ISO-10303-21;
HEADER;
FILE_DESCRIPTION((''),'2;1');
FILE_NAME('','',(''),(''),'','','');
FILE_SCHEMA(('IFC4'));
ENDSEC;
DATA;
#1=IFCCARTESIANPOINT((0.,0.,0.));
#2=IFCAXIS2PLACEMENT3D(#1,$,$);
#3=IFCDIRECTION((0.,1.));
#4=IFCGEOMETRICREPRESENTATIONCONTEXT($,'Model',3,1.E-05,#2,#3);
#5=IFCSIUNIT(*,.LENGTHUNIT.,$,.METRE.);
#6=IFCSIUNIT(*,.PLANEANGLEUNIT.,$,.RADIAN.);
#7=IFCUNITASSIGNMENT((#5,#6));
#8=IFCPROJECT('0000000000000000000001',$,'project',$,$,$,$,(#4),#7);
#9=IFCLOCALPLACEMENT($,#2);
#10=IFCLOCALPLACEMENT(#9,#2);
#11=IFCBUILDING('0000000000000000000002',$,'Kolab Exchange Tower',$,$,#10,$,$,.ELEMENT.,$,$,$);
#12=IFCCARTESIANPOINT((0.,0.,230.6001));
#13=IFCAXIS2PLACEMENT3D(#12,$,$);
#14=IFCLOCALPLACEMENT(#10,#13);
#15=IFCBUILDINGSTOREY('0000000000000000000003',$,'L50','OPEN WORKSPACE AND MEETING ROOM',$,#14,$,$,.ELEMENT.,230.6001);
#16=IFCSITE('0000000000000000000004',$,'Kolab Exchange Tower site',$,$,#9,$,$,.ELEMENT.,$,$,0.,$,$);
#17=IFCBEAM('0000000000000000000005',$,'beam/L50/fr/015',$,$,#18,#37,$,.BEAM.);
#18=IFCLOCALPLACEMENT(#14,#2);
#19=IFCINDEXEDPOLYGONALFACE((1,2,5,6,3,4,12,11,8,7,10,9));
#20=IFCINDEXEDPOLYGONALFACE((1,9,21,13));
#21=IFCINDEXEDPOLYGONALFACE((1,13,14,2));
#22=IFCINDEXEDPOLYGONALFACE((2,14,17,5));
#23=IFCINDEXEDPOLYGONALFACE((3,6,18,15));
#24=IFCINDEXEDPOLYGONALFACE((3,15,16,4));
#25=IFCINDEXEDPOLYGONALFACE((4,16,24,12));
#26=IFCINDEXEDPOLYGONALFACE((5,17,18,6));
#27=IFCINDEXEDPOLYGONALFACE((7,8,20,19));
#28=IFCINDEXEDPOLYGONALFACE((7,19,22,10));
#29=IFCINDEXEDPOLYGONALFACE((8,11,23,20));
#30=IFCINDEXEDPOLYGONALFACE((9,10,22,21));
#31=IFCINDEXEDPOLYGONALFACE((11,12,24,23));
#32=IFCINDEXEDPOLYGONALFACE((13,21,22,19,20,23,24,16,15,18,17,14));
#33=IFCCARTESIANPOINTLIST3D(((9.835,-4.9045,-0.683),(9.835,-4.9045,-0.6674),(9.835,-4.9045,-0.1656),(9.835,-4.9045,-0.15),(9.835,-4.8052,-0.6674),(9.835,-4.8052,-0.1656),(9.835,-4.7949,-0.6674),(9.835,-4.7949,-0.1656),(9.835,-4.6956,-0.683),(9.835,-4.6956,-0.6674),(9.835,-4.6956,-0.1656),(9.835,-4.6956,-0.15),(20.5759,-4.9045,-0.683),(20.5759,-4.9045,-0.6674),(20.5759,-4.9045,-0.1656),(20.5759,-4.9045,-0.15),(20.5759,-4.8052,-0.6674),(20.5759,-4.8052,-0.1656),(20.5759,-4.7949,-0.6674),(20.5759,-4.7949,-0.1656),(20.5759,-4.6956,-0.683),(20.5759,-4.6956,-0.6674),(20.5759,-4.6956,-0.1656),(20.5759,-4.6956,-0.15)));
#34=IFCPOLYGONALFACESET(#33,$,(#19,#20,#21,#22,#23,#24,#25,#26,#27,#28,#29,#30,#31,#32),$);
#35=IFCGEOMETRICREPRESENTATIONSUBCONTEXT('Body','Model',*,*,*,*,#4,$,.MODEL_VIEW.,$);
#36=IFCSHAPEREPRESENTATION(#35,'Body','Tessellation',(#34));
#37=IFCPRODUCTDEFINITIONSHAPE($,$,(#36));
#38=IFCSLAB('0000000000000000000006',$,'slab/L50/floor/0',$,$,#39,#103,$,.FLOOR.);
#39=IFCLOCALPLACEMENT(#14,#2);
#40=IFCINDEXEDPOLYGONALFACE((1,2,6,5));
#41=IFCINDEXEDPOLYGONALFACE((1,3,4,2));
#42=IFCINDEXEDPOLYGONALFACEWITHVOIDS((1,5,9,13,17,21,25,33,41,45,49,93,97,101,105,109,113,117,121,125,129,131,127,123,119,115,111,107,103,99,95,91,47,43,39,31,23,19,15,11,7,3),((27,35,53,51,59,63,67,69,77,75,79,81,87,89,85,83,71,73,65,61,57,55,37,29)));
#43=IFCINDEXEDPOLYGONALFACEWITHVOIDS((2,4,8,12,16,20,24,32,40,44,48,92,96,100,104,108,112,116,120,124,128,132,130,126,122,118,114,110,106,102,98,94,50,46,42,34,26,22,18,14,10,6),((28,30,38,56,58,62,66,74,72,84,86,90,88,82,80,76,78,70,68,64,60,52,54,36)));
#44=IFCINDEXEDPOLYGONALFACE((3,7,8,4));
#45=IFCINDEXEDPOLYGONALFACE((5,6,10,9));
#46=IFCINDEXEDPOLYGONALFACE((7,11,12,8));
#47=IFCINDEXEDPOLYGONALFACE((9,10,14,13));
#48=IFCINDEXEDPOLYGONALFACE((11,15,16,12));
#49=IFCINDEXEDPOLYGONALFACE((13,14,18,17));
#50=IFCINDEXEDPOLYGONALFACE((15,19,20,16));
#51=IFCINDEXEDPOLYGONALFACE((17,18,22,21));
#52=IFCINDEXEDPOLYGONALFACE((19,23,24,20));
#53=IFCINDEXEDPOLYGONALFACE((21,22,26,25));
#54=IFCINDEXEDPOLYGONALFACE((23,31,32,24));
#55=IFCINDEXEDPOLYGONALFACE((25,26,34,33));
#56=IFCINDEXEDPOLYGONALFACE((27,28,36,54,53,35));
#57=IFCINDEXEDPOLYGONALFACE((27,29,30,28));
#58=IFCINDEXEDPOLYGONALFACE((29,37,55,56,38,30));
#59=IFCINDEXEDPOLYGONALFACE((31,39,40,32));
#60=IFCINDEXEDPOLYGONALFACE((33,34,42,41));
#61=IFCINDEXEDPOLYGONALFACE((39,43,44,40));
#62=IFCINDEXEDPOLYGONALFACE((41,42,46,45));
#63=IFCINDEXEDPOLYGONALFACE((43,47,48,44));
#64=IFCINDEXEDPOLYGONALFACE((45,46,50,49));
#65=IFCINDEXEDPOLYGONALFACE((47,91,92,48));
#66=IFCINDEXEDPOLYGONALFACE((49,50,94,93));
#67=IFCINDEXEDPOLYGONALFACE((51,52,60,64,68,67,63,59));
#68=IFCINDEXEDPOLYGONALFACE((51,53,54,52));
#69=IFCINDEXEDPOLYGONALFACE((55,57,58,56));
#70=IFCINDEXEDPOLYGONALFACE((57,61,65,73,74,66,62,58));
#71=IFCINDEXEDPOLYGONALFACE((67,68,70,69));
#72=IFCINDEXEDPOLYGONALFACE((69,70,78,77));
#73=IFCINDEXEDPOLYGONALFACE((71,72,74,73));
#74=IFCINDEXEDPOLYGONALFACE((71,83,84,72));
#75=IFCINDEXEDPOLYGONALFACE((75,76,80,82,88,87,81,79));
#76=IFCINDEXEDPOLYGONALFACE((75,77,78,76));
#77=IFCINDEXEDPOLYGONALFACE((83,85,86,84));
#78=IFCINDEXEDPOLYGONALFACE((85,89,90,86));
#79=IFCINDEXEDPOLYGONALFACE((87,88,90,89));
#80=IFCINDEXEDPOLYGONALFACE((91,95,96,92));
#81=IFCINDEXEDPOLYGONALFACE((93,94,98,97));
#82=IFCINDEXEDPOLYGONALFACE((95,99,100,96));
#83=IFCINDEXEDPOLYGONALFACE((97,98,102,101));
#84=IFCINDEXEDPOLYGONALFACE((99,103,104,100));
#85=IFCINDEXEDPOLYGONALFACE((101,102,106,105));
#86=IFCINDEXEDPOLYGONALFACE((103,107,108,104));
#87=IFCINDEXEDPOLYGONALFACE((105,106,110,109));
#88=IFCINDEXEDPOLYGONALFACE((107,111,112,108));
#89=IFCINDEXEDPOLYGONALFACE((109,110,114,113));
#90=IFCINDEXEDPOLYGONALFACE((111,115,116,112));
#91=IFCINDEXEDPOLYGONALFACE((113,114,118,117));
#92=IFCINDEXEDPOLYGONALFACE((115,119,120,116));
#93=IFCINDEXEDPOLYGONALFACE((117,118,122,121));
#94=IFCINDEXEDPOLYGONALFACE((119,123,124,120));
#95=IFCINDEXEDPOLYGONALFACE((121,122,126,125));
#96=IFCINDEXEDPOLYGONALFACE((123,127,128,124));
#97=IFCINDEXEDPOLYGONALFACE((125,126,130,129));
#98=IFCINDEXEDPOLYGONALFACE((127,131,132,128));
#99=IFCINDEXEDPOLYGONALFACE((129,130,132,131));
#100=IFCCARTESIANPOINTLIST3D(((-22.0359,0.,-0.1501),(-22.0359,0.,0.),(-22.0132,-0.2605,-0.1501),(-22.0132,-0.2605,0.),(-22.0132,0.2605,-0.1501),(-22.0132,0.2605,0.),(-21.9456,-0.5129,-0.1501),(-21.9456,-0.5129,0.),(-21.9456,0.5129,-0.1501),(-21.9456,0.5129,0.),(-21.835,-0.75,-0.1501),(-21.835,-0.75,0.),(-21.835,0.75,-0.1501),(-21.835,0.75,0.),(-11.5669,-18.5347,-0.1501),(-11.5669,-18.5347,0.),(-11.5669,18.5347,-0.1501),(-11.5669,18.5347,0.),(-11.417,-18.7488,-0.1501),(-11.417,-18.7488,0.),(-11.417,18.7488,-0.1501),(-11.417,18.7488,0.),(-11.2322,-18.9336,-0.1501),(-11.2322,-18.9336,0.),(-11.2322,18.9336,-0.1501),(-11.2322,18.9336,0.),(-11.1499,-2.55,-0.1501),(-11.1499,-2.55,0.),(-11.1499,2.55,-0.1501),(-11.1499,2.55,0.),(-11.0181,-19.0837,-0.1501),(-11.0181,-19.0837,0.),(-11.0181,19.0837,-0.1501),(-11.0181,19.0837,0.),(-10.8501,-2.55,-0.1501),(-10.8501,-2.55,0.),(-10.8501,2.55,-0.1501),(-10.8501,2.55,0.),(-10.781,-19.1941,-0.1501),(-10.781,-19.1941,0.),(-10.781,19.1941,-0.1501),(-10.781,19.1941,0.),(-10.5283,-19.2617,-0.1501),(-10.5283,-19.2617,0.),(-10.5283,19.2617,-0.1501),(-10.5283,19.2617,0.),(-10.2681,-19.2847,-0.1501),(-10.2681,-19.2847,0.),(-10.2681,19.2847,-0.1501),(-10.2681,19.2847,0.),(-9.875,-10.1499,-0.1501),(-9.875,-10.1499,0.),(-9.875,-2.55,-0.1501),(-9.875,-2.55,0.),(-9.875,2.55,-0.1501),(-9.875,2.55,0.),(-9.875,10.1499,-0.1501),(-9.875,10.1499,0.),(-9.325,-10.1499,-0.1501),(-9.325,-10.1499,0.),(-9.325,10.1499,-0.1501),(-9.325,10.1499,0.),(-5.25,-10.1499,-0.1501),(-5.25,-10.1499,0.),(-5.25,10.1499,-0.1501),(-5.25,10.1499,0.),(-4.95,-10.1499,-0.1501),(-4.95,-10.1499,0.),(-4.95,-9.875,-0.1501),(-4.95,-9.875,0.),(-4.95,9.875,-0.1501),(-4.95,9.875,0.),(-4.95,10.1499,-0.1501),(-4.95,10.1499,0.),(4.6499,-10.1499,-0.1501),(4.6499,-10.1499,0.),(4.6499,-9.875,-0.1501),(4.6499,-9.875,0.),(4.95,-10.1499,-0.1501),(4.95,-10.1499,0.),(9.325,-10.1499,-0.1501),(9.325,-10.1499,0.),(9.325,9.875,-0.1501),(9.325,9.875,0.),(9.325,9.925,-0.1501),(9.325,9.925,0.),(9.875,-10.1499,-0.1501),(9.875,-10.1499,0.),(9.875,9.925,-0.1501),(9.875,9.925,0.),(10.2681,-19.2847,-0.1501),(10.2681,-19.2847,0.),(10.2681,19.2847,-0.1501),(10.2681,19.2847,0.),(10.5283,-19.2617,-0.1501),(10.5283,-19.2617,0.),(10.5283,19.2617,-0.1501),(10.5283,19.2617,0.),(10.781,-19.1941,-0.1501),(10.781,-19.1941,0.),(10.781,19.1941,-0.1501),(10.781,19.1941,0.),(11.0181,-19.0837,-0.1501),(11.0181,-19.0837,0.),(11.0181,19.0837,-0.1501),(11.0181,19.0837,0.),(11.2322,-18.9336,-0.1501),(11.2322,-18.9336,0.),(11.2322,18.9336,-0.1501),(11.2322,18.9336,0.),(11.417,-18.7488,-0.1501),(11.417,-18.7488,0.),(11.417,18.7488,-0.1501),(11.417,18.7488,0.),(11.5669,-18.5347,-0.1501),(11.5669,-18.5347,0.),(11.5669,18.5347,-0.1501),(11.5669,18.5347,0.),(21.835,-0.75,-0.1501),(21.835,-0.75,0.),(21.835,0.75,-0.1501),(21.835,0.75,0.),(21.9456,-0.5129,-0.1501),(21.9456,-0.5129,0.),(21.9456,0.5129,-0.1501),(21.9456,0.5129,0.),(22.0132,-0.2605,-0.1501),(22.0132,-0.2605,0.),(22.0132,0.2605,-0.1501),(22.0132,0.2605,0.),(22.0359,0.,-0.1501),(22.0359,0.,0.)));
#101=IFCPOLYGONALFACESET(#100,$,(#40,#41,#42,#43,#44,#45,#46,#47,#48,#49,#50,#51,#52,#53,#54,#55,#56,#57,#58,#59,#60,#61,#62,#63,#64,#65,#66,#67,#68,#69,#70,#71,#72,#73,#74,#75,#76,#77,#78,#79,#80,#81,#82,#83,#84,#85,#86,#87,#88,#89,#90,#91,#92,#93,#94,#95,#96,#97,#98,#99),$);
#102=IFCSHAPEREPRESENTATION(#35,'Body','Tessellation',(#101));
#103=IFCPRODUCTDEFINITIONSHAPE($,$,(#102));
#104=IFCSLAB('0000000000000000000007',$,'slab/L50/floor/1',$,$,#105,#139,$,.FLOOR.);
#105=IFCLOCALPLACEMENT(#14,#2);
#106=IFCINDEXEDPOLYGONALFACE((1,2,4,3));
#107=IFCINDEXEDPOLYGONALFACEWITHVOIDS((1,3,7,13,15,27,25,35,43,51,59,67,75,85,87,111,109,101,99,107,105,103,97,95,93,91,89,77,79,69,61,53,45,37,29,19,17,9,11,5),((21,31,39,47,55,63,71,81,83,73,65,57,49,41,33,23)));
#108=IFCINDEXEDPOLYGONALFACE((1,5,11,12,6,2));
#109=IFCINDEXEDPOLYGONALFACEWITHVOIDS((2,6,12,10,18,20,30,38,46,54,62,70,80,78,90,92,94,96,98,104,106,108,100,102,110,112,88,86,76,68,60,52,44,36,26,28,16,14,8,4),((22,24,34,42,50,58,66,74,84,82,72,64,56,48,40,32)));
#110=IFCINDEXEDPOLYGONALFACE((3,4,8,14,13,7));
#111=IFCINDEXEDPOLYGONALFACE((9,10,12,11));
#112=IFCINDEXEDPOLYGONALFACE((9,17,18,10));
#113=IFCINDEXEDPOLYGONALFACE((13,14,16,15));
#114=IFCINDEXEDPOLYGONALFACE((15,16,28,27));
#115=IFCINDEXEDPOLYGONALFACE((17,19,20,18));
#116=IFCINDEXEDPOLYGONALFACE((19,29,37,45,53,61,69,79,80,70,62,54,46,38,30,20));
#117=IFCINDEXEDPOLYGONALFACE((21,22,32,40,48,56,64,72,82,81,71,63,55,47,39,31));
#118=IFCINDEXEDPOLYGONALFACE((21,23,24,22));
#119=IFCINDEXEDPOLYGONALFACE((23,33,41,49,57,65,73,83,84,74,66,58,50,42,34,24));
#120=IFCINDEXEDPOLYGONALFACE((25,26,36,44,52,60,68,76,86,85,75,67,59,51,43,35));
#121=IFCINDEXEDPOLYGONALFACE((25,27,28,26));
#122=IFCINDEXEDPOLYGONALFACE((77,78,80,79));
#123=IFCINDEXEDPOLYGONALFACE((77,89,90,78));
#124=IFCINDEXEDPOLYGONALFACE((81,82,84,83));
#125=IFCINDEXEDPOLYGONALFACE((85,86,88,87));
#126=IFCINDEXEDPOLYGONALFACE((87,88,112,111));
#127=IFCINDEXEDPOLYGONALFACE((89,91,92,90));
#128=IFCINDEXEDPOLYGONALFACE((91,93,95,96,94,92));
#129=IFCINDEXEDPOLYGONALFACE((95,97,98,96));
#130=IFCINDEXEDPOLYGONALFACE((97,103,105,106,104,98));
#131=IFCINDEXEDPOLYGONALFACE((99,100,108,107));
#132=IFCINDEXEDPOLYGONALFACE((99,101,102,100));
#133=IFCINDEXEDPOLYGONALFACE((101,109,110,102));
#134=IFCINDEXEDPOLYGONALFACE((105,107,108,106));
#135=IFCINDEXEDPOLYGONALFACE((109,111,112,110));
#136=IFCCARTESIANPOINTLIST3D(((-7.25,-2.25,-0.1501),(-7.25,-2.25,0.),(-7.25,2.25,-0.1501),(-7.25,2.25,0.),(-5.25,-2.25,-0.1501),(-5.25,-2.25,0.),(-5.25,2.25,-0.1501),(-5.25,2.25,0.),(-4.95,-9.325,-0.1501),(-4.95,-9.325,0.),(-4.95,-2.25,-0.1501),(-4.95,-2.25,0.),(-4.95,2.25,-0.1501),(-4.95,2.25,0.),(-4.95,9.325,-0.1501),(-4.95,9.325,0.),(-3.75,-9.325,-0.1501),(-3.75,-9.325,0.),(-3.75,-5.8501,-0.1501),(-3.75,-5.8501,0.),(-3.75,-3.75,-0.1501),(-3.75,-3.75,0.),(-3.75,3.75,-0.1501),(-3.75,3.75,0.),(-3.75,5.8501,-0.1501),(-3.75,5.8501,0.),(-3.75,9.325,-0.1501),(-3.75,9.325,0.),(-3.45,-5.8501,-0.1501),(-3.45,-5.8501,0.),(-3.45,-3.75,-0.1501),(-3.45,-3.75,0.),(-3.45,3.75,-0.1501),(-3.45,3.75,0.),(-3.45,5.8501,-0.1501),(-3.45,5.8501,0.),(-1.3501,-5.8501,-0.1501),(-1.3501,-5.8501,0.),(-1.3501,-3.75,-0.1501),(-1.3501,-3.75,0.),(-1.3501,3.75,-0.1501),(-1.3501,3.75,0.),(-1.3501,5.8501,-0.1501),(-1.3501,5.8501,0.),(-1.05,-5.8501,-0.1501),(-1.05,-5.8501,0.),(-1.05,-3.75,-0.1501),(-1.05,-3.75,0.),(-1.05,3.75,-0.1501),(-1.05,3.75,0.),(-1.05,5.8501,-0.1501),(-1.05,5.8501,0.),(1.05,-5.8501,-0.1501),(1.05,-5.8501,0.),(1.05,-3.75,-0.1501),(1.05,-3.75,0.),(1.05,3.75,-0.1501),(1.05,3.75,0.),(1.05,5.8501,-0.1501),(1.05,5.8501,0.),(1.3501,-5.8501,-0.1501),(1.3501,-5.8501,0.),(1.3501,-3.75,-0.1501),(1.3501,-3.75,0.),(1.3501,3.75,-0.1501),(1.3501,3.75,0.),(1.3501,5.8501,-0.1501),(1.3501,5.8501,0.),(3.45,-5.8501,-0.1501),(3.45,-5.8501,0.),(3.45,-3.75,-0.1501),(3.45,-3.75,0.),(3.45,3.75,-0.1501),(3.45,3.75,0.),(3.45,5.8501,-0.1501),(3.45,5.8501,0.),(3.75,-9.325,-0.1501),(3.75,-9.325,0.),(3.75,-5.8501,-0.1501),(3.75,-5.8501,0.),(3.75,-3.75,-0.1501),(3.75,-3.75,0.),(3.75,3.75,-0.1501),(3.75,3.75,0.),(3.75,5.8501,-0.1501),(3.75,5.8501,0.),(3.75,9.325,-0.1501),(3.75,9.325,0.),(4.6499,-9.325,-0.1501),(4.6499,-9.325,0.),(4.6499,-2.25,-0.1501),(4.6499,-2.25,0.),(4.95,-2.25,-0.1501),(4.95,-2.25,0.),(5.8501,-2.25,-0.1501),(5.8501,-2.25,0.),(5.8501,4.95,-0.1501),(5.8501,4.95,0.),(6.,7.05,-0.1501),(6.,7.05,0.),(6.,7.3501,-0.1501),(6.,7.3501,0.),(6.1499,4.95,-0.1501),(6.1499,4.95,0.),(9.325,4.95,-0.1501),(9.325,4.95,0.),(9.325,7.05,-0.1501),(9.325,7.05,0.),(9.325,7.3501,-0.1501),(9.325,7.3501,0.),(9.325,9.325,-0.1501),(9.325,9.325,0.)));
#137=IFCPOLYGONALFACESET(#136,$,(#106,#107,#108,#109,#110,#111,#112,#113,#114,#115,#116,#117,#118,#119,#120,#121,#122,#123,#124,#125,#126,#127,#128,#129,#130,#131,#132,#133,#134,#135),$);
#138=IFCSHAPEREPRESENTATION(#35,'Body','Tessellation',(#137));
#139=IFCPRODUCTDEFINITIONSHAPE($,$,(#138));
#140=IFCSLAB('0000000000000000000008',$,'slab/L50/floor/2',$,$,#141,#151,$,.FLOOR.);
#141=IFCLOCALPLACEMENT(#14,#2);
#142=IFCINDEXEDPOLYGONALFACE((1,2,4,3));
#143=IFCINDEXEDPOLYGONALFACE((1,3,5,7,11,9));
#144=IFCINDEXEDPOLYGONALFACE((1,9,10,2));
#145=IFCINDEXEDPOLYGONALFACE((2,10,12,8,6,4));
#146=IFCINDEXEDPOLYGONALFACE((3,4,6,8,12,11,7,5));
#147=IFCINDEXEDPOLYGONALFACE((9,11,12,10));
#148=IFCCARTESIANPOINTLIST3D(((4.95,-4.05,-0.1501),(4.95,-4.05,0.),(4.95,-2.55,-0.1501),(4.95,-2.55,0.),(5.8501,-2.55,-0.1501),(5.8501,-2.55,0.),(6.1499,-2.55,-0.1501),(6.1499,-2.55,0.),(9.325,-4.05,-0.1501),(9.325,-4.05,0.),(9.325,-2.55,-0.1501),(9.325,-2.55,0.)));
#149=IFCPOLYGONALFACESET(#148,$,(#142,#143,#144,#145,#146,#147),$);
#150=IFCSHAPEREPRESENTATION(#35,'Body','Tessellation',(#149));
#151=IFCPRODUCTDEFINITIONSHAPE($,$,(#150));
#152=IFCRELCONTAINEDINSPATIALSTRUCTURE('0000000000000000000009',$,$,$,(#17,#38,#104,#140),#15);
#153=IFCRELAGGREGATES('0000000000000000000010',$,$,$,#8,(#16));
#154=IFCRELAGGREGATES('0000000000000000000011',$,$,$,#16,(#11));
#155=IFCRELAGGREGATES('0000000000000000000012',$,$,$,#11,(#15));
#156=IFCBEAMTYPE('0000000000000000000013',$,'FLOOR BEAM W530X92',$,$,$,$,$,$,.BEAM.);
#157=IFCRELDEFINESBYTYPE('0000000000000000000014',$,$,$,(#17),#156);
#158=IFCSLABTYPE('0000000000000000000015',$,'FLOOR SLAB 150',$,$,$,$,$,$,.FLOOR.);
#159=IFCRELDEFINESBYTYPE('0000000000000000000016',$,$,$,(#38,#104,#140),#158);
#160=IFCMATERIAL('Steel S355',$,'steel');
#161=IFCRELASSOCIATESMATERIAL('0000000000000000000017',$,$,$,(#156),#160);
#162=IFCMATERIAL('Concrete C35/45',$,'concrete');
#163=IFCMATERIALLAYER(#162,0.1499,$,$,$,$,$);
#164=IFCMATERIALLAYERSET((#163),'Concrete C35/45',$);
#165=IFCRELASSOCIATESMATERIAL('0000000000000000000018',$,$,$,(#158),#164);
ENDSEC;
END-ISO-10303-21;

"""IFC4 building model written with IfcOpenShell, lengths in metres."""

from ifc_helpers import new_model, si_unit, direction, frame, origin, origin_2d, place, context, subcontext, project, spatial, polyline, i_section, outline, extrude, material, layer, layer_set, material_profile, profile_set, type_object, element, save


model = new_model("IFC4")

# Units and contexts
model_context = context("Model", 3, precision=1e-05, world=origin(), true_north=direction((0.0, 1.0)))
body_context = subcontext(model_context, "Body", "Model", "MODEL_VIEW")
ifc_project = project(units=[si_unit("LENGTHUNIT", "METRE"), si_unit("PLANEANGLEUNIT", "RADIAN")], contexts=[model_context])

# Site, building, storey
site_placement = place(None, origin())
site = spatial("IfcSite", under=ifc_project, at=site_placement, Name="Kolab Exchange Tower site", CompositionType="ELEMENT", RefElevation=0.0)
building_placement = place(site_placement, origin())
building = spatial("IfcBuilding", under=site, at=building_placement, Name="Kolab Exchange Tower", CompositionType="ELEMENT")
storey_placement = place(building_placement, frame((0.0, 0.0, 230.6001)))
storey = spatial("IfcBuildingStorey", under=building, at=storey_placement, Name="L50", Description="OPEN WORKSPACE AND MEETING ROOM", CompositionType="ELEMENT", Elevation=230.6001)

# Beam
ifc_material_1 = material(Name="Steel S355", Category="steel")
ifc_material_profile = material_profile(ifc_material_1, i_section(OverallWidth=0.209, OverallDepth=0.533, WebThickness=0.0103, FlangeThickness=0.0156, at=origin_2d()), Name="W530X92")
ifc_profile_set = profile_set([ifc_material_profile], Name="Steel S355")
beam_type = type_object("IfcBeamType", Name="FLOOR BEAM W530X92", PredefinedType="BEAM", material=ifc_profile_set)
beam_placement = place(storey_placement, frame((9.835, -4.8, -0.4165), z_axis=(1.0, 0.0, 0.0), x_axis=(0.0, 1.0, 0.0)))
element("IfcBeam", 1, at=beam_placement, inside=storey, type_object=beam_type, Name="beam/L50/fr/015", PredefinedType="BEAM", context=body_context, shape_type="SweptSolid", body=[
    extrude(i_section(OverallWidth=0.209, OverallDepth=0.533, WebThickness=0.0103, FlangeThickness=0.0156, at=origin_2d()), origin(), (0.0, 0.0, 1.0), 10.741),
])

# Slabs
ifc_material_2 = material(Name="Concrete C35/45", Category="concrete")
ifc_layer_1 = layer(ifc_material_2, 0.1499)
ifc_layer_set_1 = layer_set([ifc_layer_1], Name="Concrete C35/45")
slab_type_1 = type_object("IfcSlabType", Name="FLOOR SLAB 150", PredefinedType="FLOOR", material=ifc_layer_set_1)
slab_1_placement = place(storey_placement, frame((0.0, 0.0, -0.1501)))
element("IfcSlab", 2, at=slab_1_placement, inside=storey, type_object=slab_type_1, Name="slab/L50/floor/0", PredefinedType="FLOOR", context=body_context, shape_type="SweptSolid", body=[
    extrude(outline(polyline([(11.5669, -18.5347), (21.835, -0.75), (21.9456, -0.5129), (22.0132, -0.2605), (22.0359, 0.0), (22.0132, 0.2605), (21.9456, 0.5129), (21.835, 0.75), (11.5669, 18.5347), (11.417, 18.7488), (11.2322, 18.9336), (11.0181, 19.0837), (10.781, 19.1941), (10.5283, 19.2617), (10.2681, 19.2847), (-10.2681, 19.2847), (-10.5283, 19.2617), (-10.781, 19.1941), (-11.0181, 19.0837), (-11.2322, 18.9336), (-11.417, 18.7488), (-11.5669, 18.5347), (-21.835, 0.75), (-21.9456, 0.5129), (-22.0132, 0.2605), (-22.0359, 0.0), (-22.0132, -0.2605), (-21.9456, -0.5129), (-21.835, -0.75), (-11.5669, -18.5347), (-11.417, -18.7488), (-11.2322, -18.9336), (-11.0181, -19.0837), (-10.781, -19.1941), (-10.5283, -19.2617), (-10.2681, -19.2847), (10.2681, -19.2847), (10.5283, -19.2617), (10.781, -19.1941), (11.0181, -19.0837), (11.2322, -18.9336), (11.417, -18.7488), (11.5669, -18.5347)]), holes=[polyline([(-9.325, -10.1499), (-9.875, -10.1499), (-9.875, -2.55), (-10.8501, -2.55), (-11.1499, -2.55), (-11.1499, 2.55), (-10.8501, 2.55), (-9.875, 2.55), (-9.875, 10.1499), (-9.325, 10.1499), (-5.25, 10.1499), (-4.95, 10.1499), (-4.95, 9.875), (9.325, 9.875), (9.325, 9.925), (9.875, 9.925), (9.875, -10.1499), (9.325, -10.1499), (4.95, -10.1499), (4.6499, -10.1499), (4.6499, -9.875), (-4.95, -9.875), (-4.95, -10.1499), (-5.25, -10.1499), (-9.325, -10.1499)])]), origin(), (0.0, 0.0, 1.0), 0.1501),
])
slab_2_placement = place(storey_placement, frame((0.0, 0.0, -0.1501)))
element("IfcSlab", 3, at=slab_2_placement, inside=storey, type_object=slab_type_1, Name="slab/L50/floor/1", PredefinedType="FLOOR", context=body_context, shape_type="SweptSolid", body=[
    extrude(outline(polyline([(-4.95, 9.325), (-4.95, 2.25), (-5.25, 2.25), (-7.25, 2.25), (-7.25, -2.25), (-5.25, -2.25), (-4.95, -2.25), (-4.95, -9.325), (-3.75, -9.325), (-3.75, -5.8501), (-3.45, -5.8501), (-1.3501, -5.8501), (-1.05, -5.8501), (1.05, -5.8501), (1.3501, -5.8501), (3.45, -5.8501), (3.75, -5.8501), (3.75, -9.325), (4.6499, -9.325), (4.6499, -2.25), (4.95, -2.25), (5.8501, -2.25), (5.8501, 4.95), (6.1499, 4.95), (9.325, 4.95), (9.325, 7.05), (6.0, 7.05), (6.0, 7.3501), (9.325, 7.3501), (9.325, 9.325), (3.75, 9.325), (3.75, 5.8501), (3.45, 5.8501), (1.3501, 5.8501), (1.05, 5.8501), (-1.05, 5.8501), (-1.3501, 5.8501), (-3.45, 5.8501), (-3.75, 5.8501), (-3.75, 9.325), (-4.95, 9.325)]), holes=[polyline([(-3.45, -3.75), (-3.75, -3.75), (-3.75, 3.75), (-3.45, 3.75), (-1.3501, 3.75), (-1.05, 3.75), (1.05, 3.75), (1.3501, 3.75), (3.45, 3.75), (3.75, 3.75), (3.75, -3.75), (3.45, -3.75), (1.3501, -3.75), (1.05, -3.75), (-1.05, -3.75), (-1.3501, -3.75), (-3.45, -3.75)])]), origin(), (0.0, 0.0, 1.0), 0.1501),
])
slab_3_placement = place(storey_placement, frame((0.0, 0.0, -0.1501)))
element("IfcSlab", 4, at=slab_3_placement, inside=storey, type_object=slab_type_1, Name="slab/L50/floor/2", PredefinedType="FLOOR", context=body_context, shape_type="SweptSolid", body=[
    extrude(outline(polyline([(4.95, -2.55), (4.95, -4.05), (9.325, -4.05), (9.325, -2.55), (6.1499, -2.55), (5.8501, -2.55), (4.95, -2.55)])), origin(), (0.0, 0.0, 1.0), 0.1501),
])

save(model, "model.ifc")
